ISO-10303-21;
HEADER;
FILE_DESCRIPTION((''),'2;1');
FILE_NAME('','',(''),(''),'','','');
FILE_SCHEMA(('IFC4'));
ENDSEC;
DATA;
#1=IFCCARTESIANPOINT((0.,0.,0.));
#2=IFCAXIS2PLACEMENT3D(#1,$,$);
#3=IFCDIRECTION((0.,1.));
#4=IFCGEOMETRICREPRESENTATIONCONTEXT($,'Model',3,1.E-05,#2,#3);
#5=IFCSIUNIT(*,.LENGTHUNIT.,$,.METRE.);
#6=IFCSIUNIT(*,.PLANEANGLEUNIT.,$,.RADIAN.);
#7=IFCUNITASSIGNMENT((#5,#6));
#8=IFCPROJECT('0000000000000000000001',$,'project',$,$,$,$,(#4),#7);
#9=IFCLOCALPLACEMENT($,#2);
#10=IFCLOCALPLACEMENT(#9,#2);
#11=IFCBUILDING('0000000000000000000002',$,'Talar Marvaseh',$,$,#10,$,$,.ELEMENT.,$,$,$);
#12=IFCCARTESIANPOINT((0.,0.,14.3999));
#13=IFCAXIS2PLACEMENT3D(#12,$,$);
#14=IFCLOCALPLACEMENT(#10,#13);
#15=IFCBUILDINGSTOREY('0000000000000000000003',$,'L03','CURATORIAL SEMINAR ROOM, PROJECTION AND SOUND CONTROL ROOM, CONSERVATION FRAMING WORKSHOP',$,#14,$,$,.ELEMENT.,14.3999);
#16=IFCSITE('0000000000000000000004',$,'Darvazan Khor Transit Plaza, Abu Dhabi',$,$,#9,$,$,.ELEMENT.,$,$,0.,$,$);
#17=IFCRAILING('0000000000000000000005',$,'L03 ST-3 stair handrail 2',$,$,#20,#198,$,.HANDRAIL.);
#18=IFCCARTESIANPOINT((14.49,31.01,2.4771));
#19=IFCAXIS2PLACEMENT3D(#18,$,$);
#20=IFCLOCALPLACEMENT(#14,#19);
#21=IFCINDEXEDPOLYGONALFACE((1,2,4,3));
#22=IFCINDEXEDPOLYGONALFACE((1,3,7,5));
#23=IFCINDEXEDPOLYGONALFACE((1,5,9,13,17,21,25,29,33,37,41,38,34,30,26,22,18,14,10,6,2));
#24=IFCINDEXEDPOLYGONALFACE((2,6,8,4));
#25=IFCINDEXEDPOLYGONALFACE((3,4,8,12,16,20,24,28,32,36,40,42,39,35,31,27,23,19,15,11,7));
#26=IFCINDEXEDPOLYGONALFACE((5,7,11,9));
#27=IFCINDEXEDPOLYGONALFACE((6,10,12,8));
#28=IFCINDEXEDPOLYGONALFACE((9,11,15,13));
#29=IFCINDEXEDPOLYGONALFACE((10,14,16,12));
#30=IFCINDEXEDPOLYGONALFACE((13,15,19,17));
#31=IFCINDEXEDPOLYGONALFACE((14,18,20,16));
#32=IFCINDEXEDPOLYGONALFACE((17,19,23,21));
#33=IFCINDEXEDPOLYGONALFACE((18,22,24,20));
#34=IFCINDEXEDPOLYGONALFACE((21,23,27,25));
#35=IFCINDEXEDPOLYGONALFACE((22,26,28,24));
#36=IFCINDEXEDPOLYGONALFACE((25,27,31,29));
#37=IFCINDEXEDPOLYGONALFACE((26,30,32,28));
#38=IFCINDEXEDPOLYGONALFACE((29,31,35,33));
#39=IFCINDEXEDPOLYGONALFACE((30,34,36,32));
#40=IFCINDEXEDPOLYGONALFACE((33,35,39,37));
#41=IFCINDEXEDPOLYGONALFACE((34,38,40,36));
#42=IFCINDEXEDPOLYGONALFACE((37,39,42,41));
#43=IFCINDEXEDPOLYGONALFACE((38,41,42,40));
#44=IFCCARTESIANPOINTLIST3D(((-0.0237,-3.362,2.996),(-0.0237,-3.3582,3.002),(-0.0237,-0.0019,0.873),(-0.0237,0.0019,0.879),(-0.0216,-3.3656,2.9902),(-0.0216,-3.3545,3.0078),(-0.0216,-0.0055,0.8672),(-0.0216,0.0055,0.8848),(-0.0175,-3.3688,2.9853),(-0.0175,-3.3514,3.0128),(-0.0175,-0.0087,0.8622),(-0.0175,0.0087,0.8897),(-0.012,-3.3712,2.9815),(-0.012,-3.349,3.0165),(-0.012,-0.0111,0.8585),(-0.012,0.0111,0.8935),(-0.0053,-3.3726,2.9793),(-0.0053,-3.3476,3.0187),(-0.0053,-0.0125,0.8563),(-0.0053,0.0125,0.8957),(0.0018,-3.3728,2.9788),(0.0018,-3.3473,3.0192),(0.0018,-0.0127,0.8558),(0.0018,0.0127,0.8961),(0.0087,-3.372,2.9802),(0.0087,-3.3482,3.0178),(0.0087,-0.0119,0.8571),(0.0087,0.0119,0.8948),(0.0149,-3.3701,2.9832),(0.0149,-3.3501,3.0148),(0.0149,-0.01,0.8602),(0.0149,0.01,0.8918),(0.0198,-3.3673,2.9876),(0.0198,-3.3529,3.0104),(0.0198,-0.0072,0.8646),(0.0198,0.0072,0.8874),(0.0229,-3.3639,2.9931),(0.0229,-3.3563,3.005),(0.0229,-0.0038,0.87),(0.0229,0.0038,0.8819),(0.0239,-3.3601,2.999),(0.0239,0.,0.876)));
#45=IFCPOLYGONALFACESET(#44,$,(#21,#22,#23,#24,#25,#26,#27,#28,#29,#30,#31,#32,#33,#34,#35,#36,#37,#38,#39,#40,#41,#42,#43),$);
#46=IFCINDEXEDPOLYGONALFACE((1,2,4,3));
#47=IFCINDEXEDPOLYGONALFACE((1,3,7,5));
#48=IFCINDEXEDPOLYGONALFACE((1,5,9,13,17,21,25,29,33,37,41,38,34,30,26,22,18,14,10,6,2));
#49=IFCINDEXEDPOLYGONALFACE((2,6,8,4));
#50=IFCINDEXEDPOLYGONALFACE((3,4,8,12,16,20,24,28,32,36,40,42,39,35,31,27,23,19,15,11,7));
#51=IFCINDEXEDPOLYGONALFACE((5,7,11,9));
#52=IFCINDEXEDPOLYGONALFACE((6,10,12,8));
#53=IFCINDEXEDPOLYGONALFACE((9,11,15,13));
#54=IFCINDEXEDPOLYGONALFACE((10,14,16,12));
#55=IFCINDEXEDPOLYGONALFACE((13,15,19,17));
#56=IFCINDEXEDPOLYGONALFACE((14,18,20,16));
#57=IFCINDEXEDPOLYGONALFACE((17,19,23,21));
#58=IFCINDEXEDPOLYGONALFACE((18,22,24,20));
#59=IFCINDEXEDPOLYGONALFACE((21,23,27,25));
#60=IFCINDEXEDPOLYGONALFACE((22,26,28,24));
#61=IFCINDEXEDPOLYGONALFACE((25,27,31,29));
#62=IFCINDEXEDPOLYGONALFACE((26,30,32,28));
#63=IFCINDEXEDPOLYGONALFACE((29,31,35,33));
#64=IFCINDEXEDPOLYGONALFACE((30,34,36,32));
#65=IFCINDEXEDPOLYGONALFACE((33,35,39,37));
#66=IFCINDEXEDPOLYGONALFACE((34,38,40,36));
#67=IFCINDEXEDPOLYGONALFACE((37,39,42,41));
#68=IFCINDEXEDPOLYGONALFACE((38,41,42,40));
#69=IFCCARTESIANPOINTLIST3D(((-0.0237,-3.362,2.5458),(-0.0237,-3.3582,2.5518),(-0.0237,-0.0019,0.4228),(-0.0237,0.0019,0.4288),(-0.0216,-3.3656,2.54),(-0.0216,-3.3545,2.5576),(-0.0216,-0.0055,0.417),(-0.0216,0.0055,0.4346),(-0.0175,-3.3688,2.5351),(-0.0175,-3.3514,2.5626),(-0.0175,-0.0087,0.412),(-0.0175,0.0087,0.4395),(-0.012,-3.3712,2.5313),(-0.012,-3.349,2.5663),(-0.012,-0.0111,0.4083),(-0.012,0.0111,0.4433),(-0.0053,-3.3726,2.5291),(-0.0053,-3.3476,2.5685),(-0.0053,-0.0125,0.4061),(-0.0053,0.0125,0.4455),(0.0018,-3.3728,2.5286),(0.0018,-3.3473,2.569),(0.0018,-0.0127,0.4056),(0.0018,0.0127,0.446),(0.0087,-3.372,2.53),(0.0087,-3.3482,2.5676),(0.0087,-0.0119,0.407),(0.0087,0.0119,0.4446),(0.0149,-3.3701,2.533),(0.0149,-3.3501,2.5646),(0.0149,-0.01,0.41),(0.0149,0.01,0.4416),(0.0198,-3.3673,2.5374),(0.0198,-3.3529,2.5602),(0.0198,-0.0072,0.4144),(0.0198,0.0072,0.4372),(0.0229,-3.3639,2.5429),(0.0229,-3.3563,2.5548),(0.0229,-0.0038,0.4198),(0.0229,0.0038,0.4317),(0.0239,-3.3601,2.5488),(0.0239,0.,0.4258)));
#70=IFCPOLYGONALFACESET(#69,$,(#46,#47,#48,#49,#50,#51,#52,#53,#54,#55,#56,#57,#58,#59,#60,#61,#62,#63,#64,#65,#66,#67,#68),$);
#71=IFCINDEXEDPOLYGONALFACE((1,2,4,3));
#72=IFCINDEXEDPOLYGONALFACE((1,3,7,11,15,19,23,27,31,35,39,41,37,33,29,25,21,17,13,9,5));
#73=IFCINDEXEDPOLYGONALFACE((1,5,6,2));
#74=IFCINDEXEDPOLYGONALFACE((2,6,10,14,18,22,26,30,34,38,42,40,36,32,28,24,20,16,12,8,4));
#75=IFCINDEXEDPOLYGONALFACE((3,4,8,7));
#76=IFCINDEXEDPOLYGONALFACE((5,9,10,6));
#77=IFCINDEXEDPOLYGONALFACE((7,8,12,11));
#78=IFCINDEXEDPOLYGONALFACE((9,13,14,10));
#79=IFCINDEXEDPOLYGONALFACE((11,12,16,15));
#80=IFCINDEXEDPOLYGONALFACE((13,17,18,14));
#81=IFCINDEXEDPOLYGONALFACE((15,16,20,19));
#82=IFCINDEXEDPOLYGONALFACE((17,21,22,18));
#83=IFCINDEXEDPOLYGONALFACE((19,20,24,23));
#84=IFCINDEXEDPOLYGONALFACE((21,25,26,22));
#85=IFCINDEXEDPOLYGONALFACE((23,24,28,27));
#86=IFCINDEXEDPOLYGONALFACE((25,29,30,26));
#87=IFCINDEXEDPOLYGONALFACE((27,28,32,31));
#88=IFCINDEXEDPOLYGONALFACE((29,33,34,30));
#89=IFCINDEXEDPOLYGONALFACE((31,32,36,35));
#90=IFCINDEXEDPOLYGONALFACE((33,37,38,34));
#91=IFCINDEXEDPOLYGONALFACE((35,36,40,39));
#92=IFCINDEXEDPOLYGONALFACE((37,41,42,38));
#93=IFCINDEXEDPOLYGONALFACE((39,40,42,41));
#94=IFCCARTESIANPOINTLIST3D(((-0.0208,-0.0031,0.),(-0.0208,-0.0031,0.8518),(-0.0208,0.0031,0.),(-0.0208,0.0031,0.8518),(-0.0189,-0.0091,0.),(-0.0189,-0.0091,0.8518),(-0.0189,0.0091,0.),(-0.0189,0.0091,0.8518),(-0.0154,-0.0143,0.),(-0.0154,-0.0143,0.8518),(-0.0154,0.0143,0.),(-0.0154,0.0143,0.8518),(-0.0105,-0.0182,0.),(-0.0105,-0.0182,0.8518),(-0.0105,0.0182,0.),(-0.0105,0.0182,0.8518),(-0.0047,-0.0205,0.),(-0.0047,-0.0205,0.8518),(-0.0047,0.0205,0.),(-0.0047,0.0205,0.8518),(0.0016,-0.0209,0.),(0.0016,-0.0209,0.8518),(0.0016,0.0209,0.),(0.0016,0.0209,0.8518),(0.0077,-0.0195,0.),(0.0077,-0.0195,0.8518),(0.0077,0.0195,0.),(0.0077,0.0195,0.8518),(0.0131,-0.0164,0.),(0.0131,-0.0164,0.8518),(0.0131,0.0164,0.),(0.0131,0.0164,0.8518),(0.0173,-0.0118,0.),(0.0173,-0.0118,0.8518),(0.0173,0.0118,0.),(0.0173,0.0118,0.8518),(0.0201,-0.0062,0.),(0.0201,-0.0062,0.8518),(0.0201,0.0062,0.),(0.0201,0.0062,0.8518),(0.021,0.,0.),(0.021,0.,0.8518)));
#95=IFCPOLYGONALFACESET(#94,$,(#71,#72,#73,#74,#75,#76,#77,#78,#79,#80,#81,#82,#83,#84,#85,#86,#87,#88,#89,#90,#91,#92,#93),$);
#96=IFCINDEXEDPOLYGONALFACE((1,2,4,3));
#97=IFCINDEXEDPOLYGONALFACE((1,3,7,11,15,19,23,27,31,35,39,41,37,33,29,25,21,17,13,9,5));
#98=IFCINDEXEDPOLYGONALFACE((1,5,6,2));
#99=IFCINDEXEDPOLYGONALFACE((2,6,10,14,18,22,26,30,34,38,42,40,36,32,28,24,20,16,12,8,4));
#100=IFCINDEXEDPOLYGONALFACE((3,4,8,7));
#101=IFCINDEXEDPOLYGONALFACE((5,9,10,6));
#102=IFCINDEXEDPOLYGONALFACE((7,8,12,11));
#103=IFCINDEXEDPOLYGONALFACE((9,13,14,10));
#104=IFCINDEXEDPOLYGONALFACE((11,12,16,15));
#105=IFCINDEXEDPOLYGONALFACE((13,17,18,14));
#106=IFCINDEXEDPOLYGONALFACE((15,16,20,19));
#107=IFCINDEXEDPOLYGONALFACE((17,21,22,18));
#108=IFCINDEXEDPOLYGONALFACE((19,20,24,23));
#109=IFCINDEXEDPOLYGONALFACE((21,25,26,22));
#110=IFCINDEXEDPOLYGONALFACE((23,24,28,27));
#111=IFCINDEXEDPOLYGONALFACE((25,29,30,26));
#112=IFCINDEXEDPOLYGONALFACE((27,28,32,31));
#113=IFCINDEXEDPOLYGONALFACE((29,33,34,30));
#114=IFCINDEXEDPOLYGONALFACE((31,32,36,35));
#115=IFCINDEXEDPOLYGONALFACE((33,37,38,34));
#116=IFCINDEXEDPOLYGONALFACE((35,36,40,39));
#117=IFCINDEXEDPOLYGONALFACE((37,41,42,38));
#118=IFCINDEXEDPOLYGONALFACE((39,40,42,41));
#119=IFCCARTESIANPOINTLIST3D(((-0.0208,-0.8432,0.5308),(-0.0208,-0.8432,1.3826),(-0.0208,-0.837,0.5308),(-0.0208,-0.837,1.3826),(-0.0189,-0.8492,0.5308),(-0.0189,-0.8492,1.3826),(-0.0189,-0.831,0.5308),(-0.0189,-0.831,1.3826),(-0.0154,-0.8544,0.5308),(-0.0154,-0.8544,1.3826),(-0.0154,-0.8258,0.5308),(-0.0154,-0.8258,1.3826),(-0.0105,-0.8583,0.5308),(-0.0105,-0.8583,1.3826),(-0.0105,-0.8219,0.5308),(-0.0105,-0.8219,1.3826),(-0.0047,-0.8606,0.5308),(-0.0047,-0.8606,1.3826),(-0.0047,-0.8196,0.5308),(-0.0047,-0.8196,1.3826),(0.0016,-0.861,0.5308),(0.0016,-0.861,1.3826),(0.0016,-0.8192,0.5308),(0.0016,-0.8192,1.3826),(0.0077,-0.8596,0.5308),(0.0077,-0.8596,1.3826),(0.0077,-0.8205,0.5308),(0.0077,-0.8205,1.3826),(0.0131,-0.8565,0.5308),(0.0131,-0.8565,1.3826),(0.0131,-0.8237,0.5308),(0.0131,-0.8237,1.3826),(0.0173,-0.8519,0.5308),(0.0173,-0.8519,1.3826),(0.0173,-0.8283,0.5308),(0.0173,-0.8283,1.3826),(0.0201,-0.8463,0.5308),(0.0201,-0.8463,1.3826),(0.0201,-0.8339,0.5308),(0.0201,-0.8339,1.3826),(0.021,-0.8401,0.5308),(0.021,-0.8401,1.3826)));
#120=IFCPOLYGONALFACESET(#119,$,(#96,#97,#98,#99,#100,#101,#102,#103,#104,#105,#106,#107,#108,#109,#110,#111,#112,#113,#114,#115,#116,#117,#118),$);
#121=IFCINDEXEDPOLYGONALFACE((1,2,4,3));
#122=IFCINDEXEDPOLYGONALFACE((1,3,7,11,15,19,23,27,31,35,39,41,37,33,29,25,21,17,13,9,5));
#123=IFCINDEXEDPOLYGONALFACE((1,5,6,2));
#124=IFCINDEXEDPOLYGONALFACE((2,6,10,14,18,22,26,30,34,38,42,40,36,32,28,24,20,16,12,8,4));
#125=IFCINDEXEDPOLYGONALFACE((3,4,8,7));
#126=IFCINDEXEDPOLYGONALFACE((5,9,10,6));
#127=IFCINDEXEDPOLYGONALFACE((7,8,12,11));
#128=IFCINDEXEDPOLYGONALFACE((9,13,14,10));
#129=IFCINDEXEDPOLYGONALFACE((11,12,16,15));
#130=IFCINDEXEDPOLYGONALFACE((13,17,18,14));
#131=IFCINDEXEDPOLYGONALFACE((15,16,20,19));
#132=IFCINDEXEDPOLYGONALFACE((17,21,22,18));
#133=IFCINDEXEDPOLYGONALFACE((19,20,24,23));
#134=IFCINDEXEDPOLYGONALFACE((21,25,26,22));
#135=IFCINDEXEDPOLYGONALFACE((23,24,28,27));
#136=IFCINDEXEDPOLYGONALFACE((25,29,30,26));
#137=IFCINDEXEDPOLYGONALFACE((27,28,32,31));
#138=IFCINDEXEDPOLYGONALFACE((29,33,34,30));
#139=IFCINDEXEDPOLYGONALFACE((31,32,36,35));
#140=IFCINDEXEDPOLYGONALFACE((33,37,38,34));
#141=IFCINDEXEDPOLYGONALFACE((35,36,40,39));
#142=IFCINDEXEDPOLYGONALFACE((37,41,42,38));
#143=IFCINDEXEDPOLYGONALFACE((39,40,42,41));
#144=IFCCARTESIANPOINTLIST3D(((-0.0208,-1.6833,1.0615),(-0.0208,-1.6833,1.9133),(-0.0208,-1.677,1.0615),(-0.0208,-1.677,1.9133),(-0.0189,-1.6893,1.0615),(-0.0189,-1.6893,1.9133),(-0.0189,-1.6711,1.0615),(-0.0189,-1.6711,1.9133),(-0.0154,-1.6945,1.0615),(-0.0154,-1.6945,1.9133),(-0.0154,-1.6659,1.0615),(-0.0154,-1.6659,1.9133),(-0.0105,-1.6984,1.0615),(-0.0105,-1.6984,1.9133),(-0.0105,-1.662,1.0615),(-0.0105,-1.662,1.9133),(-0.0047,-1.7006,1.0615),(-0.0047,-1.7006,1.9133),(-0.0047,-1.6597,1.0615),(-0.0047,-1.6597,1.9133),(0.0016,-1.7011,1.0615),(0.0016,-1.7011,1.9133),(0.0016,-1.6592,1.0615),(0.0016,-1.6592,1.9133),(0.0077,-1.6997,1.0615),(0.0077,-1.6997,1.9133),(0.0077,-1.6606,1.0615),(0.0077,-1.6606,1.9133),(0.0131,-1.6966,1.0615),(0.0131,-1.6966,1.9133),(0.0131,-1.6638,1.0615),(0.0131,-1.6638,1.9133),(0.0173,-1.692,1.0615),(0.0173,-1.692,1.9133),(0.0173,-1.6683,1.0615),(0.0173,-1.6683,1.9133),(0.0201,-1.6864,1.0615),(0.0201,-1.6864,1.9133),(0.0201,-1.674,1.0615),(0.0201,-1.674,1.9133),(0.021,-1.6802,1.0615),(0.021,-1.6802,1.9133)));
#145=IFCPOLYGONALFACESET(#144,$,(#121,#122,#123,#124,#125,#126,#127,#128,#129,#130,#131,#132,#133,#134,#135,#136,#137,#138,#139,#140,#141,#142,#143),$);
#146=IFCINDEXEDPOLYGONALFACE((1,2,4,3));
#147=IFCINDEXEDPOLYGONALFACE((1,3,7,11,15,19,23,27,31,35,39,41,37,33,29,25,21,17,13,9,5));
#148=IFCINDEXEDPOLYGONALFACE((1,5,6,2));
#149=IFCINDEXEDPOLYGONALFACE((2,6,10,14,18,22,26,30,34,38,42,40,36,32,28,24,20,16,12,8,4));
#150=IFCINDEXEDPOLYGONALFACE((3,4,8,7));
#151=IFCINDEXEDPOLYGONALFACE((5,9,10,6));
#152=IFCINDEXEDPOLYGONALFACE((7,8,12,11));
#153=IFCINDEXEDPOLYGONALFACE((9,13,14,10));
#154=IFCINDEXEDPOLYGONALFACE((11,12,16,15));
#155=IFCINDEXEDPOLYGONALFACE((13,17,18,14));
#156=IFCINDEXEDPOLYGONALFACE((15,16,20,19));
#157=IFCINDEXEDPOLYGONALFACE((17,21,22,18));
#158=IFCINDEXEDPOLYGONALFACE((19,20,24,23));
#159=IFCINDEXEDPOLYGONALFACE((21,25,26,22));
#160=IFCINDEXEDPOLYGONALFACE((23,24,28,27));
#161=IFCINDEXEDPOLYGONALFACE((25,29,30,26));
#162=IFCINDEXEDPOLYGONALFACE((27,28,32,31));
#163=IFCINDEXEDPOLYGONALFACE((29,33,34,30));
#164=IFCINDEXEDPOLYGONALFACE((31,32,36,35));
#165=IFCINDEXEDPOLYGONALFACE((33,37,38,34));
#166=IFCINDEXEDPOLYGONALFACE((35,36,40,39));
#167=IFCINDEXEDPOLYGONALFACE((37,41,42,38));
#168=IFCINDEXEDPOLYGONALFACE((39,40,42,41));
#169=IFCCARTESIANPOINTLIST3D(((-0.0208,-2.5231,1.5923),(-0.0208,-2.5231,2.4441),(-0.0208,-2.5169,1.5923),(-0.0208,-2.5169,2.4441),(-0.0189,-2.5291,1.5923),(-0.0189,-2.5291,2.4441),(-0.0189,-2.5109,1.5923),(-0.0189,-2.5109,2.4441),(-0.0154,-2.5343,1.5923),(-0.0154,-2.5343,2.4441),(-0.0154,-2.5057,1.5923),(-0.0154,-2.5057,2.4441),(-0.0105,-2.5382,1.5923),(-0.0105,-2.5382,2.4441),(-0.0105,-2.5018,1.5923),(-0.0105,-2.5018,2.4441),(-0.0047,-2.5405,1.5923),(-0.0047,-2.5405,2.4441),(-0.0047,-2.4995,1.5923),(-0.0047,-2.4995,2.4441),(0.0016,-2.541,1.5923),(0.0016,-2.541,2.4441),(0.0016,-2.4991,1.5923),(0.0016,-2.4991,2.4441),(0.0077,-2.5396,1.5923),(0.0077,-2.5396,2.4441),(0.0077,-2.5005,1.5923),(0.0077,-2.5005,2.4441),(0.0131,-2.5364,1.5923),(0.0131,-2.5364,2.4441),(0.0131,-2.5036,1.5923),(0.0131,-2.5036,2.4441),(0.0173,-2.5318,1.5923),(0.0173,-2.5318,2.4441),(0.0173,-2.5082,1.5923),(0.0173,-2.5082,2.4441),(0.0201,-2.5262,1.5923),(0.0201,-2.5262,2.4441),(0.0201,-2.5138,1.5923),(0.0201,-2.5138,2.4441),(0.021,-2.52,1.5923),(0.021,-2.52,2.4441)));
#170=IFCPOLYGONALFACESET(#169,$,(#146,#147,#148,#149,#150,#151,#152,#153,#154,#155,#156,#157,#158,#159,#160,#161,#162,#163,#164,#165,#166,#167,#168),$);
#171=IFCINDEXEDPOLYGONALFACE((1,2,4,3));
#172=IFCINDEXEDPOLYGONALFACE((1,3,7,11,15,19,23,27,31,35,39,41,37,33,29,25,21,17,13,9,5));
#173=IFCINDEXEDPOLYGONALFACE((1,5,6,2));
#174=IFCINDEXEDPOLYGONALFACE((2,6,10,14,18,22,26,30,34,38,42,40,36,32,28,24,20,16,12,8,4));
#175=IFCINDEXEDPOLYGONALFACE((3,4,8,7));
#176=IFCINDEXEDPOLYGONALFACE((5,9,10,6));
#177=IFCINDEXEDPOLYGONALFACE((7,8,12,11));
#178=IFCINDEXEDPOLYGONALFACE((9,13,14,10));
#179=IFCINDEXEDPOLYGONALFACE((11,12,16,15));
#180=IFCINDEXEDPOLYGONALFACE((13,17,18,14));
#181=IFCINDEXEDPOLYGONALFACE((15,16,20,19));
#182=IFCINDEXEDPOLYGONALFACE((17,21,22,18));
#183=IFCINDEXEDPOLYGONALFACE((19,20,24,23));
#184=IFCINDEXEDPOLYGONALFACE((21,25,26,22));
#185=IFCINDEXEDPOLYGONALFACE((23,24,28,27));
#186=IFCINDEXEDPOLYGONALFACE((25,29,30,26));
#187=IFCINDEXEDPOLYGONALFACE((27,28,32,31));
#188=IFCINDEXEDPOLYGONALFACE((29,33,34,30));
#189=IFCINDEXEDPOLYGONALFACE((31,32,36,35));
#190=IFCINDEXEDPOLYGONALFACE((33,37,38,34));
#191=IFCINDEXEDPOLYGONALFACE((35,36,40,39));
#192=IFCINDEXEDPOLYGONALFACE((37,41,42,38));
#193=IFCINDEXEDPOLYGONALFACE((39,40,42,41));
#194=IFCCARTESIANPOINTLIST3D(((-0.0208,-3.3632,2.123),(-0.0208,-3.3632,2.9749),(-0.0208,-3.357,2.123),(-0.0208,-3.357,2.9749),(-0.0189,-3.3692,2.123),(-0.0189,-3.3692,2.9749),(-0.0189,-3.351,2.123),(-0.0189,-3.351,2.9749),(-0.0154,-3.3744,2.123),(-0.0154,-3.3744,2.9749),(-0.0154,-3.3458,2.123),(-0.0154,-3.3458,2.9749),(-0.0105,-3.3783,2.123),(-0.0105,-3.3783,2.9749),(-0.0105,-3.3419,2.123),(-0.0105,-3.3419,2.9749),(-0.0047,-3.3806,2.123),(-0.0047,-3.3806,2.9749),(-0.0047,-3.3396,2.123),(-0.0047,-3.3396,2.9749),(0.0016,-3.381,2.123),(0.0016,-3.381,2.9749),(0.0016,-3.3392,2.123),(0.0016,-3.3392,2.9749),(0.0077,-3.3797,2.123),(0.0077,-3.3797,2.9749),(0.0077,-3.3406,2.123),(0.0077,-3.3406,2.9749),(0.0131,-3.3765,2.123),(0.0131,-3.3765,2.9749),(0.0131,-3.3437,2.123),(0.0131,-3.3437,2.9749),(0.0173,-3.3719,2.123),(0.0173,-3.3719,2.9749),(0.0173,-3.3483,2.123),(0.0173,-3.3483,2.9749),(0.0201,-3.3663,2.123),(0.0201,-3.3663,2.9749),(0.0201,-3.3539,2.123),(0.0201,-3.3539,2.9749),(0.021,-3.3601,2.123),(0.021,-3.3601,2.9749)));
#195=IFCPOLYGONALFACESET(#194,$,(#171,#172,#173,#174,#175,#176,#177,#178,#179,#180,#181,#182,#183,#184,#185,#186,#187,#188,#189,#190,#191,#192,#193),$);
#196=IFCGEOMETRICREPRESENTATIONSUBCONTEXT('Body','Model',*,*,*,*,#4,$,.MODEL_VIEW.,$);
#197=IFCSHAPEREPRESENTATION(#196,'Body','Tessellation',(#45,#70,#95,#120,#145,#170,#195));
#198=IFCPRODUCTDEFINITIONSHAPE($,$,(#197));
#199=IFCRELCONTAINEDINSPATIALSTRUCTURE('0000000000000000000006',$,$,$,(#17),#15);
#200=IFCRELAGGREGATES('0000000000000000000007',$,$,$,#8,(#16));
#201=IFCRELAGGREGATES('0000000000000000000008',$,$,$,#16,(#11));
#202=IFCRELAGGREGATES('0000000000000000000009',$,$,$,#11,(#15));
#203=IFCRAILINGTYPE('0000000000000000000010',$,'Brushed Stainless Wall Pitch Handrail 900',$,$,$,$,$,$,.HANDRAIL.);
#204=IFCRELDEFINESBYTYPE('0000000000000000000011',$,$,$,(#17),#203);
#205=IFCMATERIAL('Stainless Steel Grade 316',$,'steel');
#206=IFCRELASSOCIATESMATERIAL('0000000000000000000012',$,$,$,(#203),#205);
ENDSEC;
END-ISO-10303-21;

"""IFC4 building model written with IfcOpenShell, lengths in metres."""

from ifc_helpers import new_model, si_unit, direction, frame, origin, origin_2d, place, context, subcontext, project, spatial, circle, extrude, material, type_object, element, save


model = new_model("IFC4")

# Units and contexts
model_context = context("Model", 3, precision=1e-05, world=origin(), true_north=direction((0.0, 1.0)))
body_context = subcontext(model_context, "Body", "Model", "MODEL_VIEW")
ifc_project = project(units=[si_unit("LENGTHUNIT", "METRE"), si_unit("PLANEANGLEUNIT", "RADIAN")], contexts=[model_context])

# Site, building, storey
site_placement = place(None, origin())
site = spatial("IfcSite", under=ifc_project, at=site_placement, Name="Darvazan Khor Transit Plaza, Abu Dhabi", CompositionType="ELEMENT", RefElevation=0.0)
building_placement = place(site_placement, origin())
building = spatial("IfcBuilding", under=site, at=building_placement, Name="Talar Marvaseh", CompositionType="ELEMENT")
storey_placement = place(building_placement, frame((0.0, 0.0, 14.3999)))
storey = spatial("IfcBuildingStorey", under=building, at=storey_placement, Name="L03", Description="CURATORIAL SEMINAR ROOM, PROJECTION AND SOUND CONTROL ROOM, CONSERVATION FRAMING WORKSHOP", CompositionType="ELEMENT", Elevation=14.3999)

# Railing
ifc_material_1 = material(Name="Stainless Steel Grade 316", Category="steel")
railing_type = type_object("IfcRailingType", Name="Brushed Stainless Wall Pitch Handrail 900", PredefinedType="HANDRAIL", material=ifc_material_1)
railing_placement = place(storey_placement, frame((14.49, 31.01, 2.4771)))
element("IfcRailing", 1, at=railing_placement, inside=storey, type_object=railing_type, Name="L03 ST-3 stair handrail 2", PredefinedType="HANDRAIL", context=body_context, shape_type="SweptSolid", body=[
    extrude(circle(Radius=0.0239, at=origin_2d()), frame((0.0, 0.0, 0.876), z_axis=(0.0, -0.84539, 0.53415), x_axis=(1.0, 0.0, 0.0)), (0.0, 0.0, 1.0), 3.9746),
    extrude(circle(Radius=0.0239, at=origin_2d()), frame((0.0, 0.0, 0.4258), z_axis=(0.0, -0.84539, 0.53415), x_axis=(1.0, 0.0, 0.0)), (0.0, 0.0, 1.0), 3.9746),
    extrude(circle(Radius=0.021, at=origin_2d()), origin(), (0.0, 0.0, 1.0), 0.8518),
    extrude(circle(Radius=0.021, at=origin_2d()), frame((0.0, -0.8401, 0.5308)), (0.0, 0.0, 1.0), 0.8518),
    extrude(circle(Radius=0.021, at=origin_2d()), frame((0.0, -1.6802, 1.0615)), (0.0, 0.0, 1.0), 0.8518),
    extrude(circle(Radius=0.021, at=origin_2d()), frame((0.0, -2.52, 1.5923)), (0.0, 0.0, 1.0), 0.8518),
    extrude(circle(Radius=0.021, at=origin_2d()), frame((0.0, -3.3601, 2.123)), (0.0, 0.0, 1.0), 0.8518),
])

save(model, "model.ifc")
